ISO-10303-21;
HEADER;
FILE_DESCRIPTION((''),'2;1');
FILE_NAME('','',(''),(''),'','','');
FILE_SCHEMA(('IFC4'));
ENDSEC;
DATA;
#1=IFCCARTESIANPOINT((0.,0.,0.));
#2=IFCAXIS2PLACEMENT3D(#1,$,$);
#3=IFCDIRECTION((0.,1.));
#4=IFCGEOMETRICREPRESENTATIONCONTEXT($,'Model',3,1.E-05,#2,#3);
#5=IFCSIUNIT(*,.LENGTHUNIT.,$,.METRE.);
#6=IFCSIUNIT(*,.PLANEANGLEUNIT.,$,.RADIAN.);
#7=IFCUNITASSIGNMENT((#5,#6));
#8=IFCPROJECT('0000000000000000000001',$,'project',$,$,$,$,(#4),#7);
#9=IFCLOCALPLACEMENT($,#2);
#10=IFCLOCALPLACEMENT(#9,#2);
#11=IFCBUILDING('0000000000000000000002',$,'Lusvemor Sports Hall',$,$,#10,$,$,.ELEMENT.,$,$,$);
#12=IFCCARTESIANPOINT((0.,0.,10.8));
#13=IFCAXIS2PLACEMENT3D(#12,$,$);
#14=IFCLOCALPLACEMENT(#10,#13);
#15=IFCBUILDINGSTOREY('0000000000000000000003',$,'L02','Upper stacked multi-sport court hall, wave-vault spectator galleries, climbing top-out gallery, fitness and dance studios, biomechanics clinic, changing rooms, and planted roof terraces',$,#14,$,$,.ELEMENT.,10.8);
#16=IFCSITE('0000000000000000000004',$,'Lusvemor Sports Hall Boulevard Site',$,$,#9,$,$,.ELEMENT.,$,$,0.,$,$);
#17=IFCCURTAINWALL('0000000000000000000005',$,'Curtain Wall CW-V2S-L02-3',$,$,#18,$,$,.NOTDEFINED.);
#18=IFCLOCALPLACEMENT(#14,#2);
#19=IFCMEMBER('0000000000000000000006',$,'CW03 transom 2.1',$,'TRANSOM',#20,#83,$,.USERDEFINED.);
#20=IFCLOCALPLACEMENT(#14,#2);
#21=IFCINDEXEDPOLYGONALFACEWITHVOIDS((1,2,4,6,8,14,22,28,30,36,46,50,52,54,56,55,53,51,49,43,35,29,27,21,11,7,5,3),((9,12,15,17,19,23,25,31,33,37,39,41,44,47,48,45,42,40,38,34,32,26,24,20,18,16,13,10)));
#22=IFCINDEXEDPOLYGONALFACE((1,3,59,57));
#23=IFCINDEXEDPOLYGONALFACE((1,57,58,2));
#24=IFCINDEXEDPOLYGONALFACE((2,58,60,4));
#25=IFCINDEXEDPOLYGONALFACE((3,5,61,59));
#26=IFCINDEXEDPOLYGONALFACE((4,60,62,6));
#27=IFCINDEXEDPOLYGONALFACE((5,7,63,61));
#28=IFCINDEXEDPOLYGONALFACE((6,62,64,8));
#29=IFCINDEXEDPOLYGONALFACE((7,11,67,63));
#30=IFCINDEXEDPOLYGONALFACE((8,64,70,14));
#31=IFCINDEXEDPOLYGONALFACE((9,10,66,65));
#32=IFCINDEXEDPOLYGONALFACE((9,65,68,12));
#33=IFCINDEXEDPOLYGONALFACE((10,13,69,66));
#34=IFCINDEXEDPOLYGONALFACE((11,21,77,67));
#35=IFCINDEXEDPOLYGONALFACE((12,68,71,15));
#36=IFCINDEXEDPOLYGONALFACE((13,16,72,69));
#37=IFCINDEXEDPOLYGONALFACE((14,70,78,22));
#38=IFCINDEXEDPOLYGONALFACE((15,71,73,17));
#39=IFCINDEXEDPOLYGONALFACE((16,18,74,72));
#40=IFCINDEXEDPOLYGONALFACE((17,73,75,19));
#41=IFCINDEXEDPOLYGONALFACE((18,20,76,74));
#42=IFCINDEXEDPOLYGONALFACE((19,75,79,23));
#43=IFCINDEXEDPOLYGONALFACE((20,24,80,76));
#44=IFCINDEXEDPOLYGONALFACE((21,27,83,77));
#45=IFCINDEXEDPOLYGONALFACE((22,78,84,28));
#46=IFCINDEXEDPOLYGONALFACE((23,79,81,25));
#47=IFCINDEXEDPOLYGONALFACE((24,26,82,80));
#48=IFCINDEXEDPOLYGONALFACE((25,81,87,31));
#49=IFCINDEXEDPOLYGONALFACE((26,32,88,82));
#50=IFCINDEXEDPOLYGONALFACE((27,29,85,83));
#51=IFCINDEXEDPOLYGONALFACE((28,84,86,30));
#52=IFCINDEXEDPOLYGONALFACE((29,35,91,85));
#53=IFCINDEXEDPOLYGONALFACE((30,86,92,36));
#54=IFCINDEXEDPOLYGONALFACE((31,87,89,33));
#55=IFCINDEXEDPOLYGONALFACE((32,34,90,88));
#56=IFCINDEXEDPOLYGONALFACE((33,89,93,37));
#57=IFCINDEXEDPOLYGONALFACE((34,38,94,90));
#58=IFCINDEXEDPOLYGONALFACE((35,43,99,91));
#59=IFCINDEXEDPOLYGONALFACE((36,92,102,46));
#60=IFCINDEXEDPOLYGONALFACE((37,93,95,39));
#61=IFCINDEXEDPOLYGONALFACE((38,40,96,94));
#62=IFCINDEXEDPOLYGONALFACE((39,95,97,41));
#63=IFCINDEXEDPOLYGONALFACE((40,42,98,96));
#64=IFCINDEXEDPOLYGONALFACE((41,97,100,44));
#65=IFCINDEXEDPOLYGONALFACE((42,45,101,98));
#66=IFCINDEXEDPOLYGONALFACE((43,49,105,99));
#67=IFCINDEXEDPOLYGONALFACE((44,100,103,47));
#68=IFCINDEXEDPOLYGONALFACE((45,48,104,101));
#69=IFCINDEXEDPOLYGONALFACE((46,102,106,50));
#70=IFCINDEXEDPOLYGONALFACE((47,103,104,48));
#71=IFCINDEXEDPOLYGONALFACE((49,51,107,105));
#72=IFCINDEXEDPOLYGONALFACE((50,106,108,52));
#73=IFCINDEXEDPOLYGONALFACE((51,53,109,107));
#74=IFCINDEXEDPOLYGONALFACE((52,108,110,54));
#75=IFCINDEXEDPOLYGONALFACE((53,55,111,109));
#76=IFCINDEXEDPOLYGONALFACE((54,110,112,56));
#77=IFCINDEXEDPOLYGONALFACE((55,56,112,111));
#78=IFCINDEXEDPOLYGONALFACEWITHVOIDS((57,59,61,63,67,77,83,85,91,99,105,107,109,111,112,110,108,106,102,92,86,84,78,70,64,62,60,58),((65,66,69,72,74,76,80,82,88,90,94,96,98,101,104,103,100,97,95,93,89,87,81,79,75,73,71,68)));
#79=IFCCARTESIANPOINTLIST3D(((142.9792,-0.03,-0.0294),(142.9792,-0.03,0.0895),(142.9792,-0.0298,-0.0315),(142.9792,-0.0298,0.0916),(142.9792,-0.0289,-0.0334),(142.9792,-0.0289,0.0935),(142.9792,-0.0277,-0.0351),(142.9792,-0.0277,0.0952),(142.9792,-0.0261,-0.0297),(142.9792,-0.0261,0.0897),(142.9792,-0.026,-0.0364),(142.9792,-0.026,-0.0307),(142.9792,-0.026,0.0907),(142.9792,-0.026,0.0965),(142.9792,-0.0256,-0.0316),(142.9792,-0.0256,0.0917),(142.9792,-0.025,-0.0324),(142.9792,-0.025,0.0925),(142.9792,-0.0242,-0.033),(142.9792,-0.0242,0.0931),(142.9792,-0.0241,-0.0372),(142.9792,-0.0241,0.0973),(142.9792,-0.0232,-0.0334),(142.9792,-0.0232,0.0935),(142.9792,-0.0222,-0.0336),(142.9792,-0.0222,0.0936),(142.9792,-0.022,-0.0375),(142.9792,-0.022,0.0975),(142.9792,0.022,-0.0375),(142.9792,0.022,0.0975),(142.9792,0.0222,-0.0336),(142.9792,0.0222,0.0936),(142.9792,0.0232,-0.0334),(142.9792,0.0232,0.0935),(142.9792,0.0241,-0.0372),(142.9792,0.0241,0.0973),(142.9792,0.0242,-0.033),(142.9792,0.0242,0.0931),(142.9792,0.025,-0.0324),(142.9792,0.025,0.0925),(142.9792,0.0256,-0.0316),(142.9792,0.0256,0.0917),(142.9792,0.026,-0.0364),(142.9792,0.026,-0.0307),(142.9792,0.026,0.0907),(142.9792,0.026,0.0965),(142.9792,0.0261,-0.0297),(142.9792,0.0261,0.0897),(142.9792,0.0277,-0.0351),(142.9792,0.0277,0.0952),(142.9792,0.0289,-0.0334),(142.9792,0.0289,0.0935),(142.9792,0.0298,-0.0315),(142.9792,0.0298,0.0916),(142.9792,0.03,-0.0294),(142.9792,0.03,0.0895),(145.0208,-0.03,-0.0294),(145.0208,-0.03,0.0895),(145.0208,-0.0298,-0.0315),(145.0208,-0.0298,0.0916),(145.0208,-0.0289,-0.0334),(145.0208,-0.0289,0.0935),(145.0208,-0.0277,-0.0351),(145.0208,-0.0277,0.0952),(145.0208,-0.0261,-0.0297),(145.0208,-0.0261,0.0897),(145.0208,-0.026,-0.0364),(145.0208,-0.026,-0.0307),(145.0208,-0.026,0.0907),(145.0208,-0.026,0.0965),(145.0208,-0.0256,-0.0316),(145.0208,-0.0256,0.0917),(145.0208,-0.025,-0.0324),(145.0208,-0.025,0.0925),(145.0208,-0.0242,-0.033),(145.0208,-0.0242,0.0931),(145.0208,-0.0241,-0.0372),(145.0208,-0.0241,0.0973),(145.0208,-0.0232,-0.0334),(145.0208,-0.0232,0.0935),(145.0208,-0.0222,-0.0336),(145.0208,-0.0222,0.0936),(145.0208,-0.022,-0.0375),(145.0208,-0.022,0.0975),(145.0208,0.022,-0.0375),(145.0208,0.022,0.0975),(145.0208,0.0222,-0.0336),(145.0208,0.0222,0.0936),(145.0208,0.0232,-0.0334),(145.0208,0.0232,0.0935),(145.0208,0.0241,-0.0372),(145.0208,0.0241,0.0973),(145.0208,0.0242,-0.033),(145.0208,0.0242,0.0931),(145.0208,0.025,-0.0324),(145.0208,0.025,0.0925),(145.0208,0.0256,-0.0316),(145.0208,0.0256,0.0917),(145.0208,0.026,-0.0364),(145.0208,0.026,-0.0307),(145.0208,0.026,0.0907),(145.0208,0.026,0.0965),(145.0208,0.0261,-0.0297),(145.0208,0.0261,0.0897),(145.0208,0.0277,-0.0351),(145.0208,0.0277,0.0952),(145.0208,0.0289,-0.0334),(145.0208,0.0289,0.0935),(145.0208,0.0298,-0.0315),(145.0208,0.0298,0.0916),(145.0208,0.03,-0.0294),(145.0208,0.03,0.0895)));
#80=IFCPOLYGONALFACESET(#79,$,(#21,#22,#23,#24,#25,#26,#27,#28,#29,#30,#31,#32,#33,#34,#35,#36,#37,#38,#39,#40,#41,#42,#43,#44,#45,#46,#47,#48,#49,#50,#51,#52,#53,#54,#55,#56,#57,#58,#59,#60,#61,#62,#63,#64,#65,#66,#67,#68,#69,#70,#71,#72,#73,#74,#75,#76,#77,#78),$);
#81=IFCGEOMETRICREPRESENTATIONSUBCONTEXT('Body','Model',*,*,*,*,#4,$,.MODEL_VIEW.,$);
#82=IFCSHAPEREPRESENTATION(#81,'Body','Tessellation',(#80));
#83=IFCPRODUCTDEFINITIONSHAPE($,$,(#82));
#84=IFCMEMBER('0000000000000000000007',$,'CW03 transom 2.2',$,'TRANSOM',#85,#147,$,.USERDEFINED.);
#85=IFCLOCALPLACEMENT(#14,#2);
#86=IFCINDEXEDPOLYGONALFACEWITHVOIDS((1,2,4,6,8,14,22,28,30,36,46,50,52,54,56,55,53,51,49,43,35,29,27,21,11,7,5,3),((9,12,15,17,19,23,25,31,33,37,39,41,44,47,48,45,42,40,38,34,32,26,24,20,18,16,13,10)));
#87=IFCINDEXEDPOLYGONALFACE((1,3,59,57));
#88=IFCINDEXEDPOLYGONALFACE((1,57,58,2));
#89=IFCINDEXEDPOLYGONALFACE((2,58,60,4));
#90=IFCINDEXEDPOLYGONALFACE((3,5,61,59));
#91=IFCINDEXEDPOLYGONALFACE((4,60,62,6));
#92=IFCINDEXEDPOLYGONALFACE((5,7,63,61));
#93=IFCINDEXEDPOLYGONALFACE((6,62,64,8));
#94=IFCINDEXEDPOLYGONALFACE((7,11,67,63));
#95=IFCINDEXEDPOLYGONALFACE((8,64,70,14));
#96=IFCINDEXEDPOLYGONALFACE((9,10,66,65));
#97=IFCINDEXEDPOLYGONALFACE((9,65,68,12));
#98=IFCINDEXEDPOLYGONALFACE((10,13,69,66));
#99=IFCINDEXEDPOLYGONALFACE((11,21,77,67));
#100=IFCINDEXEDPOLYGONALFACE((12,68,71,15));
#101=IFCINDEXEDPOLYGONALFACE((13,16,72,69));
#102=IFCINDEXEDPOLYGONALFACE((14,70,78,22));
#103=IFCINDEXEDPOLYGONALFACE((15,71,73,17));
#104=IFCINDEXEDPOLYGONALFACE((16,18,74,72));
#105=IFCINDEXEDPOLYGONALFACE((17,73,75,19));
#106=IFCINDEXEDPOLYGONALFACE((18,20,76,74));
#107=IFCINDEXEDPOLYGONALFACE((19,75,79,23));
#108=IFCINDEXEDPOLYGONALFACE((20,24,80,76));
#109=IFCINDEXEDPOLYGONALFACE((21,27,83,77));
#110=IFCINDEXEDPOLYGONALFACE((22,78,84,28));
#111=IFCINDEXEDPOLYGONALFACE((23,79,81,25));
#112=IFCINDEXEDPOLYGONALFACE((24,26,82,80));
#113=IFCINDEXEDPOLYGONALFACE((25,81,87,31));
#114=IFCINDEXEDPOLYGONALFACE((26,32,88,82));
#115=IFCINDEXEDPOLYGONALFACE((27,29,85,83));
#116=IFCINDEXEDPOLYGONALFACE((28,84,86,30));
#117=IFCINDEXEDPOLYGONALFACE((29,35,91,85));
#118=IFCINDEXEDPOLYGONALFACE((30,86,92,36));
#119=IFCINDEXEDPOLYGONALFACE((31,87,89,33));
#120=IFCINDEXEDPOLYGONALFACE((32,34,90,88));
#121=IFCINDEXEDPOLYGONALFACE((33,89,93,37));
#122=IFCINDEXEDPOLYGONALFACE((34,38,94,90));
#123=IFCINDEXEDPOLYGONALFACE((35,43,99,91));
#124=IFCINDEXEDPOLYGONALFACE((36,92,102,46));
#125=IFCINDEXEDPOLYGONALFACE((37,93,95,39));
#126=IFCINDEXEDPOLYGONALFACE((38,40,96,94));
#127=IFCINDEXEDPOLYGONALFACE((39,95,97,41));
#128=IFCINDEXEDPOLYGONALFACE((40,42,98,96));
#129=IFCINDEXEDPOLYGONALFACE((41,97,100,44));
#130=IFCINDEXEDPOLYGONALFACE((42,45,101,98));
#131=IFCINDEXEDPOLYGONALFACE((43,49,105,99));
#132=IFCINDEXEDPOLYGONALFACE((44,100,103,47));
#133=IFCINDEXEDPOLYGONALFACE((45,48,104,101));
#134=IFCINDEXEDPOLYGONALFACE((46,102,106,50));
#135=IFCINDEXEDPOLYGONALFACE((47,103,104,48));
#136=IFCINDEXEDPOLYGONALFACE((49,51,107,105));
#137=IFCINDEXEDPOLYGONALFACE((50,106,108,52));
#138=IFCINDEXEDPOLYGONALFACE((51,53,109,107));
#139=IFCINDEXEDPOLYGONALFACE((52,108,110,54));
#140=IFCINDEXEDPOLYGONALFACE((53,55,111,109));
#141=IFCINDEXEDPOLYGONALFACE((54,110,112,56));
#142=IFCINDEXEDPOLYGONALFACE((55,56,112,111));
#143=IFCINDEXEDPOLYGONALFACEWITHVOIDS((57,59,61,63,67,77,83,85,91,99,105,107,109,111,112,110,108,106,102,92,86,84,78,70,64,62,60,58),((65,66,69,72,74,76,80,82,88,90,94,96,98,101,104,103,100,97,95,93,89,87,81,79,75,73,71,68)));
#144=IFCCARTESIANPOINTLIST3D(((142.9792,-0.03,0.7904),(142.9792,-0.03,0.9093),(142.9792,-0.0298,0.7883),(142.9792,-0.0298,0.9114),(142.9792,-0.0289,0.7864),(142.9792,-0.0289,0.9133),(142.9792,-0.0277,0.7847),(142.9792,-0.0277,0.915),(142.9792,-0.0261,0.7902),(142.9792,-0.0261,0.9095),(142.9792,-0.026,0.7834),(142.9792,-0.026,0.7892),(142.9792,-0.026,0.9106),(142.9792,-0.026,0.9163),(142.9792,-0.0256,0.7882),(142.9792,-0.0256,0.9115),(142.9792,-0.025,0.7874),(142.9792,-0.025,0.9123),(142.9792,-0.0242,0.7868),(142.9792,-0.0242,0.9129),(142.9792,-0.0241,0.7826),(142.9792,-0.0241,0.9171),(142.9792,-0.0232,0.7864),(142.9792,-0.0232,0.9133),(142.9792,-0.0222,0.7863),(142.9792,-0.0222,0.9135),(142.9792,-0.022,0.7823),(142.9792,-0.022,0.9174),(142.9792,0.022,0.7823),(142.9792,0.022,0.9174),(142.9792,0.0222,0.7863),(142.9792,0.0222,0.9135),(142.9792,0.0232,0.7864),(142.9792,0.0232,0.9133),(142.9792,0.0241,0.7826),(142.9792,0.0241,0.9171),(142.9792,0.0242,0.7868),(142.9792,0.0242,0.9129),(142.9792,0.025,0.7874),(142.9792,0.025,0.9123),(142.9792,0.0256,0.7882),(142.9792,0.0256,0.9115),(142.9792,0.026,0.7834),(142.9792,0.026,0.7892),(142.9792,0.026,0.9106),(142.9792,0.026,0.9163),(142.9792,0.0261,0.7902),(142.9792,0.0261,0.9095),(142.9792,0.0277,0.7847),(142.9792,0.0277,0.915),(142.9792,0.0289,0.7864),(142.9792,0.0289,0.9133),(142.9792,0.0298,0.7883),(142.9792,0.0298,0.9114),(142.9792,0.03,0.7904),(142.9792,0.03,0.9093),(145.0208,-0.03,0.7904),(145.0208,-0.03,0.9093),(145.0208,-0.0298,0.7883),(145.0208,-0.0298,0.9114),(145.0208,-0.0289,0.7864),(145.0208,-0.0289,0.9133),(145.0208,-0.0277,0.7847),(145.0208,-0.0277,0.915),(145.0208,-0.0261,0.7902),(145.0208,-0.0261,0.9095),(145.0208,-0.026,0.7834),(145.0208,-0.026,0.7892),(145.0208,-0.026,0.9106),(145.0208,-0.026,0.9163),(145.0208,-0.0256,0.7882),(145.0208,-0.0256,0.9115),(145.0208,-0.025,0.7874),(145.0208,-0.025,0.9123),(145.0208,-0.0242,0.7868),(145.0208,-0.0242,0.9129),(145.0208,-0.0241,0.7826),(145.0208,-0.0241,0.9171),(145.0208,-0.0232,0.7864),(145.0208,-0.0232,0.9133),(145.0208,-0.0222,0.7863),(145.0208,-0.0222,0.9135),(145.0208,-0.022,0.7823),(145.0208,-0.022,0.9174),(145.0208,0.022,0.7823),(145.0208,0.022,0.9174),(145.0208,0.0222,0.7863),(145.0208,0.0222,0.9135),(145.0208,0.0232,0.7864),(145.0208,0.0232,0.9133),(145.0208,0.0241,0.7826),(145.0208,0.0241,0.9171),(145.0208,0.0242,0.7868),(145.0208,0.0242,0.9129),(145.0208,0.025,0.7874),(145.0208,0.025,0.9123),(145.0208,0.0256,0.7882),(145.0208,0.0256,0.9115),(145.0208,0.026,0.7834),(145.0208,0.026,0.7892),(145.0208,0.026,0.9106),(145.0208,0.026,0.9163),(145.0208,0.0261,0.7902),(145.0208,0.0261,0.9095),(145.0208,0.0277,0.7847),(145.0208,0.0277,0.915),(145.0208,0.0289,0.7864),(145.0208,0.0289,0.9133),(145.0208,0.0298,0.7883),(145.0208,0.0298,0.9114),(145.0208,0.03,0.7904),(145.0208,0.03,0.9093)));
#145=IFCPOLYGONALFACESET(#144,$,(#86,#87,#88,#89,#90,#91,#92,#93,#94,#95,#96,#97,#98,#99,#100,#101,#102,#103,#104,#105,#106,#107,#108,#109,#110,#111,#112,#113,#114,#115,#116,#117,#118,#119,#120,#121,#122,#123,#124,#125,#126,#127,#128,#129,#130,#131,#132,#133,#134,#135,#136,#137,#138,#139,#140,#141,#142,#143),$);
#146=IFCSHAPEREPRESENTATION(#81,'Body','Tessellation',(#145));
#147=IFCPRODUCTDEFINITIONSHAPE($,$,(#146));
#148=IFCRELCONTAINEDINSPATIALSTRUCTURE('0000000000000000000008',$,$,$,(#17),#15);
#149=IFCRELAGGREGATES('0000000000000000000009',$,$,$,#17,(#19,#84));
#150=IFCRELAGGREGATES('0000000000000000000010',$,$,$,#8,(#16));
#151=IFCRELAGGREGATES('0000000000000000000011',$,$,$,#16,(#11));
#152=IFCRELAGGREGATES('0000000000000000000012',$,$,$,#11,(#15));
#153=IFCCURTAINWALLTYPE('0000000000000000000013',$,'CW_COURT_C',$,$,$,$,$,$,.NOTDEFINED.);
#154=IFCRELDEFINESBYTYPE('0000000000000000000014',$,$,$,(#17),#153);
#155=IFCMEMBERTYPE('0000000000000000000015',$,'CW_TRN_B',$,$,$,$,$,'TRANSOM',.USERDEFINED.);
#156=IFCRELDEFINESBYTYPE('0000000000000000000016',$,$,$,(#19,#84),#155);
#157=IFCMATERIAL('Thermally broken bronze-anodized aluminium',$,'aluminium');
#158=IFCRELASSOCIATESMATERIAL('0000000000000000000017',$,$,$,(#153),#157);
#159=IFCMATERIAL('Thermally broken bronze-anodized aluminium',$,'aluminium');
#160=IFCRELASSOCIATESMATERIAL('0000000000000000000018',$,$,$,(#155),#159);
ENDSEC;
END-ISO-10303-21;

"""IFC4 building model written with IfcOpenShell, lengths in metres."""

from ifc_helpers import new_model, si_unit, direction, frame, origin, origin_2d, place, context, subcontext, project, spatial, hollow_rectangle, extrude, material, material_profile, profile_set, type_object, element, aggregate, save


model = new_model("IFC4")

# Units and contexts
model_context = context("Model", 3, precision=1e-05, world=origin(), true_north=direction((0.0, 1.0)))
body_context = subcontext(model_context, "Body", "Model", "MODEL_VIEW")
ifc_project = project(units=[si_unit("LENGTHUNIT", "METRE"), si_unit("PLANEANGLEUNIT", "RADIAN")], contexts=[model_context])

# Site, building, storey
site_placement = place(None, origin())
site = spatial("IfcSite", under=ifc_project, at=site_placement, Name="Lusvemor Sports Hall Boulevard Site", CompositionType="ELEMENT", RefElevation=0.0)
building_placement = place(site_placement, origin())
building = spatial("IfcBuilding", under=site, at=building_placement, Name="Lusvemor Sports Hall", CompositionType="ELEMENT")
storey_placement = place(building_placement, frame((0.0, 0.0, 10.8)))
storey = spatial("IfcBuildingStorey", under=building, at=storey_placement, Name="L02", Description="Upper stacked multi-sport court hall, wave-vault spectator galleries, climbing top-out gallery, fitness and dance studios, biomechanics clinic, changing rooms, and planted roof terraces", CompositionType="ELEMENT", Elevation=10.8)

# Curtain wall, members
ifc_material_1 = material(Name="Thermally broken bronze-anodized aluminium", Category="aluminium")
curtain_wall_type = type_object("IfcCurtainWallType", Name="CW_COURT_C", PredefinedType="NOTDEFINED", material=ifc_material_1)
curtain_wall_placement = place(storey_placement, origin())
curtain_wall = element("IfcCurtainWall", 1, at=curtain_wall_placement, inside=storey, type_object=curtain_wall_type, Name="Curtain Wall CW-V2S-L02-3", PredefinedType="NOTDEFINED")
ifc_material_2 = material(Name="Thermally broken bronze-anodized aluminium", Category="aluminium")
ifc_material_profile_1 = material_profile(ifc_material_2, hollow_rectangle(XDim=0.0601, YDim=0.135, WallThickness=0.0039, InnerFilletRadius=0.0039, OuterFilletRadius=0.0081, at=origin_2d()), Name="CWTRN135x60x4")
ifc_profile_set_1 = profile_set([ifc_material_profile_1], Name="Thermally broken bronze-anodized aluminium")
member_type_1 = type_object("IfcMemberType", Name="CW_TRN_B", ElementType="TRANSOM", PredefinedType="USERDEFINED", material=ifc_profile_set_1)
member_1_placement = place(storey_placement, frame((145.0208, 0.0, 0.03), z_axis=(-1.0, 0.0, 0.0), x_axis=(0.0, -1.0, 0.0)))
member_1 = element("IfcMember", 2, at=member_1_placement, type_object=member_type_1, Name="CW03 transom 2.1", ObjectType="TRANSOM", PredefinedType="USERDEFINED", context=body_context, shape_type="SweptSolid", body=[
    extrude(hollow_rectangle(XDim=0.0601, YDim=0.135, WallThickness=0.0039, InnerFilletRadius=0.0039, OuterFilletRadius=0.0081, at=origin_2d()), origin(), (0.0, 0.0, 1.0), 2.0415),
])
member_2_placement = place(storey_placement, frame((145.0208, 0.0, 0.8499), z_axis=(-1.0, 0.0, 0.0), x_axis=(0.0, -1.0, 0.0)))
member_2 = element("IfcMember", 3, at=member_2_placement, type_object=member_type_1, Name="CW03 transom 2.2", ObjectType="TRANSOM", PredefinedType="USERDEFINED", context=body_context, shape_type="SweptSolid", body=[
    extrude(hollow_rectangle(XDim=0.0601, YDim=0.135, WallThickness=0.0039, InnerFilletRadius=0.0039, OuterFilletRadius=0.0081, at=origin_2d()), origin(), (0.0, 0.0, 1.0), 2.0415),
])

aggregate(curtain_wall, [member_1, member_2])

save(model, "model.ifc")
